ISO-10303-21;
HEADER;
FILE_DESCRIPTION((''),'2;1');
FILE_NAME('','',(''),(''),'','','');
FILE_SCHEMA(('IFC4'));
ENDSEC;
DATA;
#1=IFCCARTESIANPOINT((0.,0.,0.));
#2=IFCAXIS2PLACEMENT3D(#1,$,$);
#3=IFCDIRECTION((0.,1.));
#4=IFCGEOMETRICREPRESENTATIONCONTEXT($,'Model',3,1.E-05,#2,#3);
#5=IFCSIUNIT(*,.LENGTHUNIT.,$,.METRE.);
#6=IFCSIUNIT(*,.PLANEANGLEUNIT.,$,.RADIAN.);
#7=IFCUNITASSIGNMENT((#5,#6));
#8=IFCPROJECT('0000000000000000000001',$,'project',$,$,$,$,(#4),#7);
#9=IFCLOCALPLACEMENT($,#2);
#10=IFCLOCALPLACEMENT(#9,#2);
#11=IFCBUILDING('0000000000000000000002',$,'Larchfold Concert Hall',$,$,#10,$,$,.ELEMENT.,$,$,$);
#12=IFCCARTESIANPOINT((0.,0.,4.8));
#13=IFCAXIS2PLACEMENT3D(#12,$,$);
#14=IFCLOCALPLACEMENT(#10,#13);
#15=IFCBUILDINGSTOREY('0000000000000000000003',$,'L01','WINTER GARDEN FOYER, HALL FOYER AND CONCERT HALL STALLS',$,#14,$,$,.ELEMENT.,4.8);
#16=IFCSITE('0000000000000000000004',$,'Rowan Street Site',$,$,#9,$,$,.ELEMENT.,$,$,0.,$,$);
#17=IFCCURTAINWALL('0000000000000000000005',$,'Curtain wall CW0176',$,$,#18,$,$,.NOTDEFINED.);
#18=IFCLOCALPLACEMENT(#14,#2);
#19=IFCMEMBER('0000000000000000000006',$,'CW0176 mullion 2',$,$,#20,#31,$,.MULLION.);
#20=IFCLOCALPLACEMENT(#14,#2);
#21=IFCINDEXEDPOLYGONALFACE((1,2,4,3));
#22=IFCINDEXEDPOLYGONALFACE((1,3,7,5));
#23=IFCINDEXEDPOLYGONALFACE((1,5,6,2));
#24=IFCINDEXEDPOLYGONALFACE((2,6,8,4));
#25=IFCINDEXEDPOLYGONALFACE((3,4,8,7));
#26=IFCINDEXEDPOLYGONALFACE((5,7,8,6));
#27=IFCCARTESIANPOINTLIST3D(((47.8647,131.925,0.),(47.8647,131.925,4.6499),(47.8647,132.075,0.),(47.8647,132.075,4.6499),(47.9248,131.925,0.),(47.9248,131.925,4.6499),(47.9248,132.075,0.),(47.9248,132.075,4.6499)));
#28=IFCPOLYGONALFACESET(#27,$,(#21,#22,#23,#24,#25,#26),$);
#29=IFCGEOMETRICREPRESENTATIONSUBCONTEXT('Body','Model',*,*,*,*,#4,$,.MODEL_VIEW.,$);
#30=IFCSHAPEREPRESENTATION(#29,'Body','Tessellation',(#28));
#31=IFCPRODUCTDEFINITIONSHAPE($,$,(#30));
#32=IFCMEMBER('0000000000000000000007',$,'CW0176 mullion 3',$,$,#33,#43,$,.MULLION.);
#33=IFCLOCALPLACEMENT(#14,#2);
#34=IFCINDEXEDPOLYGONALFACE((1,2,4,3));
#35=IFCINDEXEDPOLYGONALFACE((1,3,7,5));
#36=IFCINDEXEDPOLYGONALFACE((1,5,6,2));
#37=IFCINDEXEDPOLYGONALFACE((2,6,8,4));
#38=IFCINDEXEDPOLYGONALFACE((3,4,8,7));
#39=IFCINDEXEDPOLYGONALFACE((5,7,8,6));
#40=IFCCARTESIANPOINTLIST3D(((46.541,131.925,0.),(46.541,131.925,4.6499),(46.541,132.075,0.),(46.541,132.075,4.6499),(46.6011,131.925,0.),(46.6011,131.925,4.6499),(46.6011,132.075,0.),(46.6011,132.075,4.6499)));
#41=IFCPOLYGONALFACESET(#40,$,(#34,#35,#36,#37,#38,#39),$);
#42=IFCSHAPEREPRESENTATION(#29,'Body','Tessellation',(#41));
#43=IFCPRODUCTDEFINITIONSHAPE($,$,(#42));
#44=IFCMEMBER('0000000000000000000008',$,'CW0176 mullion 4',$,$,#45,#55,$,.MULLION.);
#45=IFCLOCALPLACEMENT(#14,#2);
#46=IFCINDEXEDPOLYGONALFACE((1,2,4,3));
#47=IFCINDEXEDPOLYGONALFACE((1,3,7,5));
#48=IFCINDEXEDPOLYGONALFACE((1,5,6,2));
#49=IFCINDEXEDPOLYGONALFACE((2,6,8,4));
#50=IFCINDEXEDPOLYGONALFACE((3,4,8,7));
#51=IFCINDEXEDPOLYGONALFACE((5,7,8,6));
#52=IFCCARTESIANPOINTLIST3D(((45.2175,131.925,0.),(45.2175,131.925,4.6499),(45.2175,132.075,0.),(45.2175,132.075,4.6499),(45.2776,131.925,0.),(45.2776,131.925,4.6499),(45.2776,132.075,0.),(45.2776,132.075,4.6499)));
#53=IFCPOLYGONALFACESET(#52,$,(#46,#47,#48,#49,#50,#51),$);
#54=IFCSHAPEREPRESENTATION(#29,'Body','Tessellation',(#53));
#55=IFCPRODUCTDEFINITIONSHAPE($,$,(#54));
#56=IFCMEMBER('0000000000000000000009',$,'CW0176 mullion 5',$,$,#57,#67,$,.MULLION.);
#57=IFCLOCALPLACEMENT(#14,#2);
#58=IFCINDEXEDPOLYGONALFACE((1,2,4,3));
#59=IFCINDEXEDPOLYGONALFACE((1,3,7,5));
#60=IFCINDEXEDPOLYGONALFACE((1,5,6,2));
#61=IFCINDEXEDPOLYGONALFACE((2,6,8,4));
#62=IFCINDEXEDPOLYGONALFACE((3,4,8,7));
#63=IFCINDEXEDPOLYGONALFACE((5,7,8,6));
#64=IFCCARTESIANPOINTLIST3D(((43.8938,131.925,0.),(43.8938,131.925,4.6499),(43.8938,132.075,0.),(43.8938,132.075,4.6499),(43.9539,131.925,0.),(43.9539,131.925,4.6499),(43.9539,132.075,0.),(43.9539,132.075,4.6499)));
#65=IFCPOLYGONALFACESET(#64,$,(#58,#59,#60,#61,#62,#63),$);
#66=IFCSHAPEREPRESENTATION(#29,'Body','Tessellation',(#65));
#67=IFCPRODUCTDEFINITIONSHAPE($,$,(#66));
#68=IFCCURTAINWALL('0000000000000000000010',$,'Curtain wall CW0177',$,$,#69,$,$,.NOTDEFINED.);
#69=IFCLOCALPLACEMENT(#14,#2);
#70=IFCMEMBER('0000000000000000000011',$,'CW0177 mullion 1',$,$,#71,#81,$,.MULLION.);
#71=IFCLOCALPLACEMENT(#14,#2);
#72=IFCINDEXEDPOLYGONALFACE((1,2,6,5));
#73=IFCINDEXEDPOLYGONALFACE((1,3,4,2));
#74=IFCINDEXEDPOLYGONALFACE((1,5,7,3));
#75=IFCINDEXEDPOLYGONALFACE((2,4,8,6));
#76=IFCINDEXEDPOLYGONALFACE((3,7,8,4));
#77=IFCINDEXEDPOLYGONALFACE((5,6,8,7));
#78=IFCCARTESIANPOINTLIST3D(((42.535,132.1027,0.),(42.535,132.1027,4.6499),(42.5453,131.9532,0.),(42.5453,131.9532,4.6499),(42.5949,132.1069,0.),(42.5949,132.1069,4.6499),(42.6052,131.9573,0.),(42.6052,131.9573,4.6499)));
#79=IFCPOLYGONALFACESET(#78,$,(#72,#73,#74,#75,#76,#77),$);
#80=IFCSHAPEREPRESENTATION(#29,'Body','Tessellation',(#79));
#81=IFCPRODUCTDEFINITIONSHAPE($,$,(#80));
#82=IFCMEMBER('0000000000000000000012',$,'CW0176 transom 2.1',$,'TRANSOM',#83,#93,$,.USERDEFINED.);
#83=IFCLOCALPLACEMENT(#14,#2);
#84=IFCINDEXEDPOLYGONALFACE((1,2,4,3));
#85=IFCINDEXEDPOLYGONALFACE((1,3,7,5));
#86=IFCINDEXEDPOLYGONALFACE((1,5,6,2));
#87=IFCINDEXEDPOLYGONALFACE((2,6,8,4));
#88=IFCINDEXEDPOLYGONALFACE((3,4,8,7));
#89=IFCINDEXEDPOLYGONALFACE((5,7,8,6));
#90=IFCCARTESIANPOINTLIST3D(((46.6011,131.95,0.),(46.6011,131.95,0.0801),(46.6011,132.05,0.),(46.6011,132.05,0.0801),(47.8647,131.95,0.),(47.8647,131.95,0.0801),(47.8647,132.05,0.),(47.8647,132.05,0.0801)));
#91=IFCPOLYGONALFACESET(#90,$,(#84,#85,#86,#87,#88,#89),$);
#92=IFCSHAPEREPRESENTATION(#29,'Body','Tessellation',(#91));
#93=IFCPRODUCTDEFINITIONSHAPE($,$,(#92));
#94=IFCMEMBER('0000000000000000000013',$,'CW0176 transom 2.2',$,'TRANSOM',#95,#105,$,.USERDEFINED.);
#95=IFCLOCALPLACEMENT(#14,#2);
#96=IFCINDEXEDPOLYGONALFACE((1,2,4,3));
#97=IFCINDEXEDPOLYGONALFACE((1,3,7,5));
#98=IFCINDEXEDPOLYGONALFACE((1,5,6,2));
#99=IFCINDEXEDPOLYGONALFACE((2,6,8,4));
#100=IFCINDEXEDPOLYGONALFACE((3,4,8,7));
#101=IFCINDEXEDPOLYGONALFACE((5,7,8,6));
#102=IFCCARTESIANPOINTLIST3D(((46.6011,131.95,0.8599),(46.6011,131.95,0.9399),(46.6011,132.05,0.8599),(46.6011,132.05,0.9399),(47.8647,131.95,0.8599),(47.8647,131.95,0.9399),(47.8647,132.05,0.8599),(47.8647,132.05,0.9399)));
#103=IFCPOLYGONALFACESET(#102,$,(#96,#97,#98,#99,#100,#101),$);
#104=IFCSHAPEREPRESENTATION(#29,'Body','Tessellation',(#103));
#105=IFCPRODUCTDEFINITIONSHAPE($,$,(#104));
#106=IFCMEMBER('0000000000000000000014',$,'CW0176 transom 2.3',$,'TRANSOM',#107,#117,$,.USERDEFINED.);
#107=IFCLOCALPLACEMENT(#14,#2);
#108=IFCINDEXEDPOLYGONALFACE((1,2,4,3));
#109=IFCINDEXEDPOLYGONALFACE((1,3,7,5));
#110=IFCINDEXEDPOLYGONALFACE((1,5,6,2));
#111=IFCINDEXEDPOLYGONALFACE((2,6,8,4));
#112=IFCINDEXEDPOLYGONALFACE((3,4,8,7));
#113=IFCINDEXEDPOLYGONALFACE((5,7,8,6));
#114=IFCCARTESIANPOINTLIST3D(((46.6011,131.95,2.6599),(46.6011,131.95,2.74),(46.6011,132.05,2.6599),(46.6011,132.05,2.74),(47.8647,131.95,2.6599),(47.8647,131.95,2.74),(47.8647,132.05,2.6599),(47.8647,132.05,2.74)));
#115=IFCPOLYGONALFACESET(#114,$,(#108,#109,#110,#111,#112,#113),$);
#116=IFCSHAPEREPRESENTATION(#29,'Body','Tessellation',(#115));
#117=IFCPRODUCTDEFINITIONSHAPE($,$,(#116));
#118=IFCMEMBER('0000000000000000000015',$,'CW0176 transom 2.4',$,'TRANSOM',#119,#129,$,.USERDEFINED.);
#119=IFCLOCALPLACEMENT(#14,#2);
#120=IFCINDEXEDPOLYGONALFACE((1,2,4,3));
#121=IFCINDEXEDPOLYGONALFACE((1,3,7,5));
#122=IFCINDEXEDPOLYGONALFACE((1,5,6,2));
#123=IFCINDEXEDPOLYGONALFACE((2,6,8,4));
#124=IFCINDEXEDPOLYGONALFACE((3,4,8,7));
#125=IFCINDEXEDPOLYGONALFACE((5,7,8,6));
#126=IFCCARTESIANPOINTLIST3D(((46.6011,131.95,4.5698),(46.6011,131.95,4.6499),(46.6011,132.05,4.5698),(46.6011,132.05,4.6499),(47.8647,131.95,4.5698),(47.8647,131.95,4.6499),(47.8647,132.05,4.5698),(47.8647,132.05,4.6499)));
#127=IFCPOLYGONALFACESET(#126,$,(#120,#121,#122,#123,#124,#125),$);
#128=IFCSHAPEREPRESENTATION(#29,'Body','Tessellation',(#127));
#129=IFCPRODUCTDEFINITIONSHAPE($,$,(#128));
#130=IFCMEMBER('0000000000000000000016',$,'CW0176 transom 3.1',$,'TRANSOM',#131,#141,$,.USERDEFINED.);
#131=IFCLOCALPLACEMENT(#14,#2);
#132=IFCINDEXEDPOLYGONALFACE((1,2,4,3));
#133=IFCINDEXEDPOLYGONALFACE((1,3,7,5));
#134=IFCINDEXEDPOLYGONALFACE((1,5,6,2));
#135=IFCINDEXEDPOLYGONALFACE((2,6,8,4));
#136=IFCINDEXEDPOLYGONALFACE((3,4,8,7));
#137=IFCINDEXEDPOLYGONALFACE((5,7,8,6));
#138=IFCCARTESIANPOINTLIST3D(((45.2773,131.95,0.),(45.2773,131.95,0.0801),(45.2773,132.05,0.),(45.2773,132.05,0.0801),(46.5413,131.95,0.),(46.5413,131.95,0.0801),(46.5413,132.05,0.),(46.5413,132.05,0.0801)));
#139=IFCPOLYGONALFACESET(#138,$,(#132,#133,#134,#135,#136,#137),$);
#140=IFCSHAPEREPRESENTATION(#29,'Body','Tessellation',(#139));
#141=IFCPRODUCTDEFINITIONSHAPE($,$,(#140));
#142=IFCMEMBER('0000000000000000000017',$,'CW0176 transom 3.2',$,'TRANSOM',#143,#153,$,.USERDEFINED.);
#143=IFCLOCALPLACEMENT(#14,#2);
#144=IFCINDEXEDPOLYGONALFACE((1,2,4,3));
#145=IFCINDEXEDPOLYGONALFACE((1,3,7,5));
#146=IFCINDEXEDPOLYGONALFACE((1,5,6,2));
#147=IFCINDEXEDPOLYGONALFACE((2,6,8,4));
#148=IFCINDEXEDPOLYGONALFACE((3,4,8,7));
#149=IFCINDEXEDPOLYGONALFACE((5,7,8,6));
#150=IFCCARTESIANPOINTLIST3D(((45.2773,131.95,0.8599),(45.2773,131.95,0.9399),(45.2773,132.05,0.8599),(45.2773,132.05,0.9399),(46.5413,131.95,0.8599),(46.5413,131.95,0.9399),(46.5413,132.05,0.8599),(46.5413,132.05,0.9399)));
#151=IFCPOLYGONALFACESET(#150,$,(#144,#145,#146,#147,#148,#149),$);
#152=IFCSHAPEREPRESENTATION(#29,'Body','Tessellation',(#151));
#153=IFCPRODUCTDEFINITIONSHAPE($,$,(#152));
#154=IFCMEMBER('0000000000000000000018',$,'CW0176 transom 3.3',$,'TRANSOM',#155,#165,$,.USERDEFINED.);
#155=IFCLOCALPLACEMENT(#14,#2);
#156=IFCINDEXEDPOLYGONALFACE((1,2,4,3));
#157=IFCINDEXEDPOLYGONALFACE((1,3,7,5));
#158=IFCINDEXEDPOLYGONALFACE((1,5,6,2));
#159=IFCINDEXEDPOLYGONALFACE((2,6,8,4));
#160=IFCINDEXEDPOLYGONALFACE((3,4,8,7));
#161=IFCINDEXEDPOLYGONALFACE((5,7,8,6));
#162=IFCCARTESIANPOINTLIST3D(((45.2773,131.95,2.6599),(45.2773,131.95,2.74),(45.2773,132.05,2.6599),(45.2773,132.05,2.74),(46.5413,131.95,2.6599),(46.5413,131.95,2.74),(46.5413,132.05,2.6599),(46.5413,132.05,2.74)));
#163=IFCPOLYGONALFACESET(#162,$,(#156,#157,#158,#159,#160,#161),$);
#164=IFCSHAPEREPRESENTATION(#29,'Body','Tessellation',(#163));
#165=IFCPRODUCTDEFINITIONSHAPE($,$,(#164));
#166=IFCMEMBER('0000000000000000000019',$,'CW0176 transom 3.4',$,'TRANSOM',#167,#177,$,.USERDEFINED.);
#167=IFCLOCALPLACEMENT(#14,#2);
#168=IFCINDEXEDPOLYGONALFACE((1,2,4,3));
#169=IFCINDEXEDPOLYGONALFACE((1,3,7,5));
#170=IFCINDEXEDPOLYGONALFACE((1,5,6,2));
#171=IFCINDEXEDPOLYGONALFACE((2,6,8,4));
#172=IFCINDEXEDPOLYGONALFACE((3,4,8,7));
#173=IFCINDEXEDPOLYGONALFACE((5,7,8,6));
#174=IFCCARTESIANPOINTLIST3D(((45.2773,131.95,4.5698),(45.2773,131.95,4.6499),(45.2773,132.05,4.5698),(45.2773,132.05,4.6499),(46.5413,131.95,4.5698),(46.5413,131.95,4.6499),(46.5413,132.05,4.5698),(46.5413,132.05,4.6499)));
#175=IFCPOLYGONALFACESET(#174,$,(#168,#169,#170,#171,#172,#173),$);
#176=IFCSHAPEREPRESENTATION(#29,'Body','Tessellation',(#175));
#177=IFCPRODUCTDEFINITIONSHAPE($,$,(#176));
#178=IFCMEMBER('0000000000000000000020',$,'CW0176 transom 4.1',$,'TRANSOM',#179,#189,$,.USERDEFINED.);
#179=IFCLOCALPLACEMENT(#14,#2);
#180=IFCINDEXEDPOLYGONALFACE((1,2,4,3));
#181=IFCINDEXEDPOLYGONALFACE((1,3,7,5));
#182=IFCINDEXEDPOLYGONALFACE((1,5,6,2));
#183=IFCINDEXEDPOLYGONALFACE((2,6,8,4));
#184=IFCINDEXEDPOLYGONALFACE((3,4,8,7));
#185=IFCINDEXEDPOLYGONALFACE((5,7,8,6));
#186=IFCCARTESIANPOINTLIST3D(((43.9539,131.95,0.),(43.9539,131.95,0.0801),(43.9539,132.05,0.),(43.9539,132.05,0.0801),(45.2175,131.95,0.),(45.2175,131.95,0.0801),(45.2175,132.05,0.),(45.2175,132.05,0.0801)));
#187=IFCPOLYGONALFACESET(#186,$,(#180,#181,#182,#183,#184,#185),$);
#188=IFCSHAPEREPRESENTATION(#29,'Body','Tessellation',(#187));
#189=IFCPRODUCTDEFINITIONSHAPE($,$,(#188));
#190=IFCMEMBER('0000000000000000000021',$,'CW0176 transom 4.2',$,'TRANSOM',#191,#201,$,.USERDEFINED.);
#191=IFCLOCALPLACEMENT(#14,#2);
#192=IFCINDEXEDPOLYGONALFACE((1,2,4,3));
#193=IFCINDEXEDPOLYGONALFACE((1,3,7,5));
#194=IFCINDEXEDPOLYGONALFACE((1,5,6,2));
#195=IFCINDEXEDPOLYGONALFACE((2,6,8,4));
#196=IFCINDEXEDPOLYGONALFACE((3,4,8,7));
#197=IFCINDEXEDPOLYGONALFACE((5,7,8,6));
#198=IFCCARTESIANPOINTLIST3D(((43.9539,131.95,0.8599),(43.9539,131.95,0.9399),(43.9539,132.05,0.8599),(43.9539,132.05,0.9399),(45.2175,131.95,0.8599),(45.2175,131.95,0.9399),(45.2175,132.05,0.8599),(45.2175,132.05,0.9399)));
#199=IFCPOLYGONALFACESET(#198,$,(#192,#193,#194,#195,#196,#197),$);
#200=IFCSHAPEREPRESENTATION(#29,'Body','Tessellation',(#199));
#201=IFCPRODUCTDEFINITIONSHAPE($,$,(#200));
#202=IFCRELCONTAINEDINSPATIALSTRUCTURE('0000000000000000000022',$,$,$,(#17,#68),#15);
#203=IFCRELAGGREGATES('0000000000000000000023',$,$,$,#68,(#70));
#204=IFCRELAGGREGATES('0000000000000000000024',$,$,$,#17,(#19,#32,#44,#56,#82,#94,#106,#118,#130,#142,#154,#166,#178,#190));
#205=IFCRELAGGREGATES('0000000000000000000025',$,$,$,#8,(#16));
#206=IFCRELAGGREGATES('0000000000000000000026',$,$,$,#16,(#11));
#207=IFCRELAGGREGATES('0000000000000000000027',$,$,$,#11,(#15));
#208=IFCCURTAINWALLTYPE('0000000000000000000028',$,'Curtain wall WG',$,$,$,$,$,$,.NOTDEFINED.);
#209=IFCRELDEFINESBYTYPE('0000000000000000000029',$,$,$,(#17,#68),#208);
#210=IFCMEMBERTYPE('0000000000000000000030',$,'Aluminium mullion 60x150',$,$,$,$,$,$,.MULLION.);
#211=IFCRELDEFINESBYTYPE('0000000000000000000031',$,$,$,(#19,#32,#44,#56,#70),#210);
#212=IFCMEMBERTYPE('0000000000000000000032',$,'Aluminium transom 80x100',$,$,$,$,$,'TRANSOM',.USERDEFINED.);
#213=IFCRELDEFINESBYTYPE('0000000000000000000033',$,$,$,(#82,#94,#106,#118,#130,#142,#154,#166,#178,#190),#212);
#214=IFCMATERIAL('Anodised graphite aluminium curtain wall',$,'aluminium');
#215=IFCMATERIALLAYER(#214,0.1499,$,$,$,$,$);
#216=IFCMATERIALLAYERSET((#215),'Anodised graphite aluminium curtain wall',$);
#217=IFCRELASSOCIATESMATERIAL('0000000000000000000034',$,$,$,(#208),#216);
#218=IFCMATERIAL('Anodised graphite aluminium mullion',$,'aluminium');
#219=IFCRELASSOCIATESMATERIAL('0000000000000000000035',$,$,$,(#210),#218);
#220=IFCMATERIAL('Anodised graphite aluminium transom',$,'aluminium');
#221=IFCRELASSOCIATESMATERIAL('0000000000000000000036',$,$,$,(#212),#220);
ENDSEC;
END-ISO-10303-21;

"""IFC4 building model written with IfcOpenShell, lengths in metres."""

from ifc_helpers import new_model, si_unit, direction, frame, origin, origin_2d, place, context, subcontext, project, spatial, rectangle, extrude, material, layer, layer_set, material_profile, profile_set, type_object, element, aggregate, save


model = new_model("IFC4")

# Units and contexts
model_context = context("Model", 3, precision=1e-05, world=origin(), true_north=direction((0.0, 1.0)))
body_context = subcontext(model_context, "Body", "Model", "MODEL_VIEW")
ifc_project = project(units=[si_unit("LENGTHUNIT", "METRE"), si_unit("PLANEANGLEUNIT", "RADIAN")], contexts=[model_context])

# Site, building, storey
site_placement = place(None, origin())
site = spatial("IfcSite", under=ifc_project, at=site_placement, Name="Rowan Street Site", CompositionType="ELEMENT", RefElevation=0.0)
building_placement = place(site_placement, origin())
building = spatial("IfcBuilding", under=site, at=building_placement, Name="Larchfold Concert Hall", CompositionType="ELEMENT")
storey_placement = place(building_placement, frame((0.0, 0.0, 4.8)))
storey = spatial("IfcBuildingStorey", under=building, at=storey_placement, Name="L01", Description="WINTER GARDEN FOYER, HALL FOYER AND CONCERT HALL STALLS", CompositionType="ELEMENT", Elevation=4.8)

# Curtain wall, members
ifc_material_1 = material(Name="Anodised graphite aluminium curtain wall", Category="aluminium")
ifc_layer_1 = layer(ifc_material_1, 0.1499)
ifc_layer_set_1 = layer_set([ifc_layer_1], Name="Anodised graphite aluminium curtain wall")
curtain_wall_type = type_object("IfcCurtainWallType", Name="Curtain wall WG", PredefinedType="NOTDEFINED", material=ifc_layer_set_1)
curtain_wall_1_placement = place(storey_placement, origin())
curtain_wall_1 = element("IfcCurtainWall", 1, at=curtain_wall_1_placement, inside=storey, type_object=curtain_wall_type, Name="Curtain wall CW0176", PredefinedType="NOTDEFINED")
ifc_material_2 = material(Name="Anodised graphite aluminium mullion", Category="aluminium")
ifc_material_profile_1 = material_profile(ifc_material_2, rectangle(XDim=0.1499, YDim=0.0601, at=origin_2d()))
ifc_profile_set_1 = profile_set([ifc_material_profile_1], Name="Anodised graphite aluminium mullion")
member_type_1 = type_object("IfcMemberType", Name="Aluminium mullion 60x150", PredefinedType="MULLION", material=ifc_profile_set_1)
member_1_placement = place(storey_placement, frame((47.8948, 132.0, 0.0), z_axis=(0.0, 0.0, 1.0), x_axis=(0.0, -1.0, 0.0)))
member_1 = element("IfcMember", 2, at=member_1_placement, type_object=member_type_1, Name="CW0176 mullion 2", PredefinedType="MULLION", context=body_context, shape_type="SweptSolid", body=[
    extrude(rectangle(XDim=0.1499, YDim=0.0601, at=origin_2d()), origin(), (0.0, 0.0, 1.0), 4.6499),
])
member_2_placement = place(storey_placement, frame((46.571, 132.0, 0.0), z_axis=(0.0, 0.0, 1.0), x_axis=(0.0, -1.0, 0.0)))
member_2 = element("IfcMember", 3, at=member_2_placement, type_object=member_type_1, Name="CW0176 mullion 3", PredefinedType="MULLION", context=body_context, shape_type="SweptSolid", body=[
    extrude(rectangle(XDim=0.1499, YDim=0.0601, at=origin_2d()), origin(), (0.0, 0.0, 1.0), 4.6499),
])
member_3_placement = place(storey_placement, frame((45.2476, 132.0, 0.0), z_axis=(0.0, 0.0, 1.0), x_axis=(0.0, -1.0, 0.0)))
member_3 = element("IfcMember", 4, at=member_3_placement, type_object=member_type_1, Name="CW0176 mullion 4", PredefinedType="MULLION", context=body_context, shape_type="SweptSolid", body=[
    extrude(rectangle(XDim=0.1499, YDim=0.0601, at=origin_2d()), origin(), (0.0, 0.0, 1.0), 4.6499),
])
member_4_placement = place(storey_placement, frame((43.9238, 132.0, 0.0), z_axis=(0.0, 0.0, 1.0), x_axis=(0.0, -1.0, 0.0)))
member_4 = element("IfcMember", 5, at=member_4_placement, type_object=member_type_1, Name="CW0176 mullion 5", PredefinedType="MULLION", context=body_context, shape_type="SweptSolid", body=[
    extrude(rectangle(XDim=0.1499, YDim=0.0601, at=origin_2d()), origin(), (0.0, 0.0, 1.0), 4.6499),
])

# Curtain wall, member
curtain_wall_2_placement = place(storey_placement, origin())
curtain_wall_2 = element("IfcCurtainWall", 6, at=curtain_wall_2_placement, inside=storey, type_object=curtain_wall_type, Name="Curtain wall CW0177", PredefinedType="NOTDEFINED")
member_5_placement = place(storey_placement, frame((42.5701, 132.03, 0.0), z_axis=(0.0, 0.0, 1.0), x_axis=(0.068808, -0.99763, 0.0)))
member_5 = element("IfcMember", 7, at=member_5_placement, type_object=member_type_1, Name="CW0177 mullion 1", PredefinedType="MULLION", context=body_context, shape_type="SweptSolid", body=[
    extrude(rectangle(XDim=0.1499, YDim=0.0601, at=origin_2d()), origin(), (0.0, 0.0, 1.0), 4.6499),
])

# Members
ifc_material_3 = material(Name="Anodised graphite aluminium transom", Category="aluminium")
ifc_material_profile_2 = material_profile(ifc_material_3, rectangle(XDim=0.1001, YDim=0.0801, at=origin_2d()))
ifc_profile_set_2 = profile_set([ifc_material_profile_2], Name="Anodised graphite aluminium transom")
member_type_2 = type_object("IfcMemberType", Name="Aluminium transom 80x100", ElementType="TRANSOM", PredefinedType="USERDEFINED", material=ifc_profile_set_2)
member_6_placement = place(storey_placement, frame((47.8647, 132.0, 0.04), z_axis=(-1.0, 0.0, 0.0), x_axis=(0.0, -1.0, 0.0)))
member_6 = element("IfcMember", 8, at=member_6_placement, type_object=member_type_2, Name="CW0176 transom 2.1", ObjectType="TRANSOM", PredefinedType="USERDEFINED", context=body_context, shape_type="SweptSolid", body=[
    extrude(rectangle(XDim=0.1001, YDim=0.0801, at=origin_2d()), origin(), (0.0, 0.0, 1.0), 1.2637),
])
member_7_placement = place(storey_placement, frame((47.8647, 132.0, 0.8999), z_axis=(-1.0, 0.0, 0.0), x_axis=(0.0, -1.0, 0.0)))
member_7 = element("IfcMember", 9, at=member_7_placement, type_object=member_type_2, Name="CW0176 transom 2.2", ObjectType="TRANSOM", PredefinedType="USERDEFINED", context=body_context, shape_type="SweptSolid", body=[
    extrude(rectangle(XDim=0.1001, YDim=0.0801, at=origin_2d()), origin(), (0.0, 0.0, 1.0), 1.2637),
])
member_8_placement = place(storey_placement, frame((47.8647, 132.0, 2.7), z_axis=(-1.0, 0.0, 0.0), x_axis=(0.0, -1.0, 0.0)))
member_8 = element("IfcMember", 10, at=member_8_placement, type_object=member_type_2, Name="CW0176 transom 2.3", ObjectType="TRANSOM", PredefinedType="USERDEFINED", context=body_context, shape_type="SweptSolid", body=[
    extrude(rectangle(XDim=0.1001, YDim=0.0801, at=origin_2d()), origin(), (0.0, 0.0, 1.0), 1.2637),
])
member_9_placement = place(storey_placement, frame((47.8647, 132.0, 4.6099), z_axis=(-1.0, 0.0, 0.0), x_axis=(0.0, -1.0, 0.0)))
member_9 = element("IfcMember", 11, at=member_9_placement, type_object=member_type_2, Name="CW0176 transom 2.4", ObjectType="TRANSOM", PredefinedType="USERDEFINED", context=body_context, shape_type="SweptSolid", body=[
    extrude(rectangle(XDim=0.1001, YDim=0.0801, at=origin_2d()), origin(), (0.0, 0.0, 1.0), 1.2637),
])
member_10_placement = place(storey_placement, frame((46.5413, 132.0, 0.04), z_axis=(-1.0, 0.0, 0.0), x_axis=(0.0, -1.0, 0.0)))
member_10 = element("IfcMember", 12, at=member_10_placement, type_object=member_type_2, Name="CW0176 transom 3.1", ObjectType="TRANSOM", PredefinedType="USERDEFINED", context=body_context, shape_type="SweptSolid", body=[
    extrude(rectangle(XDim=0.1001, YDim=0.0801, at=origin_2d()), origin(), (0.0, 0.0, 1.0), 1.2639),
])
member_11_placement = place(storey_placement, frame((46.5413, 132.0, 0.8999), z_axis=(-1.0, 0.0, 0.0), x_axis=(0.0, -1.0, 0.0)))
member_11 = element("IfcMember", 13, at=member_11_placement, type_object=member_type_2, Name="CW0176 transom 3.2", ObjectType="TRANSOM", PredefinedType="USERDEFINED", context=body_context, shape_type="SweptSolid", body=[
    extrude(rectangle(XDim=0.1001, YDim=0.0801, at=origin_2d()), origin(), (0.0, 0.0, 1.0), 1.2639),
])
member_12_placement = place(storey_placement, frame((46.5413, 132.0, 2.7), z_axis=(-1.0, 0.0, 0.0), x_axis=(0.0, -1.0, 0.0)))
member_12 = element("IfcMember", 14, at=member_12_placement, type_object=member_type_2, Name="CW0176 transom 3.3", ObjectType="TRANSOM", PredefinedType="USERDEFINED", context=body_context, shape_type="SweptSolid", body=[
    extrude(rectangle(XDim=0.1001, YDim=0.0801, at=origin_2d()), origin(), (0.0, 0.0, 1.0), 1.2639),
])
member_13_placement = place(storey_placement, frame((46.5413, 132.0, 4.6099), z_axis=(-1.0, 0.0, 0.0), x_axis=(0.0, -1.0, 0.0)))
member_13 = element("IfcMember", 15, at=member_13_placement, type_object=member_type_2, Name="CW0176 transom 3.4", ObjectType="TRANSOM", PredefinedType="USERDEFINED", context=body_context, shape_type="SweptSolid", body=[
    extrude(rectangle(XDim=0.1001, YDim=0.0801, at=origin_2d()), origin(), (0.0, 0.0, 1.0), 1.2639),
])
member_14_placement = place(storey_placement, frame((45.2175, 132.0, 0.04), z_axis=(-1.0, 0.0, 0.0), x_axis=(0.0, -1.0, 0.0)))
member_14 = element("IfcMember", 16, at=member_14_placement, type_object=member_type_2, Name="CW0176 transom 4.1", ObjectType="TRANSOM", PredefinedType="USERDEFINED", context=body_context, shape_type="SweptSolid", body=[
    extrude(rectangle(XDim=0.1001, YDim=0.0801, at=origin_2d()), origin(), (0.0, 0.0, 1.0), 1.2637),
])
member_15_placement = place(storey_placement, frame((45.2175, 132.0, 0.8999), z_axis=(-1.0, 0.0, 0.0), x_axis=(0.0, -1.0, 0.0)))
member_15 = element("IfcMember", 17, at=member_15_placement, type_object=member_type_2, Name="CW0176 transom 4.2", ObjectType="TRANSOM", PredefinedType="USERDEFINED", context=body_context, shape_type="SweptSolid", body=[
    extrude(rectangle(XDim=0.1001, YDim=0.0801, at=origin_2d()), origin(), (0.0, 0.0, 1.0), 1.2637),
])
aggregate(curtain_wall_2, [member_5])

aggregate(curtain_wall_1, [member_1, member_2, member_3, member_4, member_6, member_7, member_8, member_9, member_10, member_11, member_12, member_13, member_14, member_15])

save(model, "model.ifc")
